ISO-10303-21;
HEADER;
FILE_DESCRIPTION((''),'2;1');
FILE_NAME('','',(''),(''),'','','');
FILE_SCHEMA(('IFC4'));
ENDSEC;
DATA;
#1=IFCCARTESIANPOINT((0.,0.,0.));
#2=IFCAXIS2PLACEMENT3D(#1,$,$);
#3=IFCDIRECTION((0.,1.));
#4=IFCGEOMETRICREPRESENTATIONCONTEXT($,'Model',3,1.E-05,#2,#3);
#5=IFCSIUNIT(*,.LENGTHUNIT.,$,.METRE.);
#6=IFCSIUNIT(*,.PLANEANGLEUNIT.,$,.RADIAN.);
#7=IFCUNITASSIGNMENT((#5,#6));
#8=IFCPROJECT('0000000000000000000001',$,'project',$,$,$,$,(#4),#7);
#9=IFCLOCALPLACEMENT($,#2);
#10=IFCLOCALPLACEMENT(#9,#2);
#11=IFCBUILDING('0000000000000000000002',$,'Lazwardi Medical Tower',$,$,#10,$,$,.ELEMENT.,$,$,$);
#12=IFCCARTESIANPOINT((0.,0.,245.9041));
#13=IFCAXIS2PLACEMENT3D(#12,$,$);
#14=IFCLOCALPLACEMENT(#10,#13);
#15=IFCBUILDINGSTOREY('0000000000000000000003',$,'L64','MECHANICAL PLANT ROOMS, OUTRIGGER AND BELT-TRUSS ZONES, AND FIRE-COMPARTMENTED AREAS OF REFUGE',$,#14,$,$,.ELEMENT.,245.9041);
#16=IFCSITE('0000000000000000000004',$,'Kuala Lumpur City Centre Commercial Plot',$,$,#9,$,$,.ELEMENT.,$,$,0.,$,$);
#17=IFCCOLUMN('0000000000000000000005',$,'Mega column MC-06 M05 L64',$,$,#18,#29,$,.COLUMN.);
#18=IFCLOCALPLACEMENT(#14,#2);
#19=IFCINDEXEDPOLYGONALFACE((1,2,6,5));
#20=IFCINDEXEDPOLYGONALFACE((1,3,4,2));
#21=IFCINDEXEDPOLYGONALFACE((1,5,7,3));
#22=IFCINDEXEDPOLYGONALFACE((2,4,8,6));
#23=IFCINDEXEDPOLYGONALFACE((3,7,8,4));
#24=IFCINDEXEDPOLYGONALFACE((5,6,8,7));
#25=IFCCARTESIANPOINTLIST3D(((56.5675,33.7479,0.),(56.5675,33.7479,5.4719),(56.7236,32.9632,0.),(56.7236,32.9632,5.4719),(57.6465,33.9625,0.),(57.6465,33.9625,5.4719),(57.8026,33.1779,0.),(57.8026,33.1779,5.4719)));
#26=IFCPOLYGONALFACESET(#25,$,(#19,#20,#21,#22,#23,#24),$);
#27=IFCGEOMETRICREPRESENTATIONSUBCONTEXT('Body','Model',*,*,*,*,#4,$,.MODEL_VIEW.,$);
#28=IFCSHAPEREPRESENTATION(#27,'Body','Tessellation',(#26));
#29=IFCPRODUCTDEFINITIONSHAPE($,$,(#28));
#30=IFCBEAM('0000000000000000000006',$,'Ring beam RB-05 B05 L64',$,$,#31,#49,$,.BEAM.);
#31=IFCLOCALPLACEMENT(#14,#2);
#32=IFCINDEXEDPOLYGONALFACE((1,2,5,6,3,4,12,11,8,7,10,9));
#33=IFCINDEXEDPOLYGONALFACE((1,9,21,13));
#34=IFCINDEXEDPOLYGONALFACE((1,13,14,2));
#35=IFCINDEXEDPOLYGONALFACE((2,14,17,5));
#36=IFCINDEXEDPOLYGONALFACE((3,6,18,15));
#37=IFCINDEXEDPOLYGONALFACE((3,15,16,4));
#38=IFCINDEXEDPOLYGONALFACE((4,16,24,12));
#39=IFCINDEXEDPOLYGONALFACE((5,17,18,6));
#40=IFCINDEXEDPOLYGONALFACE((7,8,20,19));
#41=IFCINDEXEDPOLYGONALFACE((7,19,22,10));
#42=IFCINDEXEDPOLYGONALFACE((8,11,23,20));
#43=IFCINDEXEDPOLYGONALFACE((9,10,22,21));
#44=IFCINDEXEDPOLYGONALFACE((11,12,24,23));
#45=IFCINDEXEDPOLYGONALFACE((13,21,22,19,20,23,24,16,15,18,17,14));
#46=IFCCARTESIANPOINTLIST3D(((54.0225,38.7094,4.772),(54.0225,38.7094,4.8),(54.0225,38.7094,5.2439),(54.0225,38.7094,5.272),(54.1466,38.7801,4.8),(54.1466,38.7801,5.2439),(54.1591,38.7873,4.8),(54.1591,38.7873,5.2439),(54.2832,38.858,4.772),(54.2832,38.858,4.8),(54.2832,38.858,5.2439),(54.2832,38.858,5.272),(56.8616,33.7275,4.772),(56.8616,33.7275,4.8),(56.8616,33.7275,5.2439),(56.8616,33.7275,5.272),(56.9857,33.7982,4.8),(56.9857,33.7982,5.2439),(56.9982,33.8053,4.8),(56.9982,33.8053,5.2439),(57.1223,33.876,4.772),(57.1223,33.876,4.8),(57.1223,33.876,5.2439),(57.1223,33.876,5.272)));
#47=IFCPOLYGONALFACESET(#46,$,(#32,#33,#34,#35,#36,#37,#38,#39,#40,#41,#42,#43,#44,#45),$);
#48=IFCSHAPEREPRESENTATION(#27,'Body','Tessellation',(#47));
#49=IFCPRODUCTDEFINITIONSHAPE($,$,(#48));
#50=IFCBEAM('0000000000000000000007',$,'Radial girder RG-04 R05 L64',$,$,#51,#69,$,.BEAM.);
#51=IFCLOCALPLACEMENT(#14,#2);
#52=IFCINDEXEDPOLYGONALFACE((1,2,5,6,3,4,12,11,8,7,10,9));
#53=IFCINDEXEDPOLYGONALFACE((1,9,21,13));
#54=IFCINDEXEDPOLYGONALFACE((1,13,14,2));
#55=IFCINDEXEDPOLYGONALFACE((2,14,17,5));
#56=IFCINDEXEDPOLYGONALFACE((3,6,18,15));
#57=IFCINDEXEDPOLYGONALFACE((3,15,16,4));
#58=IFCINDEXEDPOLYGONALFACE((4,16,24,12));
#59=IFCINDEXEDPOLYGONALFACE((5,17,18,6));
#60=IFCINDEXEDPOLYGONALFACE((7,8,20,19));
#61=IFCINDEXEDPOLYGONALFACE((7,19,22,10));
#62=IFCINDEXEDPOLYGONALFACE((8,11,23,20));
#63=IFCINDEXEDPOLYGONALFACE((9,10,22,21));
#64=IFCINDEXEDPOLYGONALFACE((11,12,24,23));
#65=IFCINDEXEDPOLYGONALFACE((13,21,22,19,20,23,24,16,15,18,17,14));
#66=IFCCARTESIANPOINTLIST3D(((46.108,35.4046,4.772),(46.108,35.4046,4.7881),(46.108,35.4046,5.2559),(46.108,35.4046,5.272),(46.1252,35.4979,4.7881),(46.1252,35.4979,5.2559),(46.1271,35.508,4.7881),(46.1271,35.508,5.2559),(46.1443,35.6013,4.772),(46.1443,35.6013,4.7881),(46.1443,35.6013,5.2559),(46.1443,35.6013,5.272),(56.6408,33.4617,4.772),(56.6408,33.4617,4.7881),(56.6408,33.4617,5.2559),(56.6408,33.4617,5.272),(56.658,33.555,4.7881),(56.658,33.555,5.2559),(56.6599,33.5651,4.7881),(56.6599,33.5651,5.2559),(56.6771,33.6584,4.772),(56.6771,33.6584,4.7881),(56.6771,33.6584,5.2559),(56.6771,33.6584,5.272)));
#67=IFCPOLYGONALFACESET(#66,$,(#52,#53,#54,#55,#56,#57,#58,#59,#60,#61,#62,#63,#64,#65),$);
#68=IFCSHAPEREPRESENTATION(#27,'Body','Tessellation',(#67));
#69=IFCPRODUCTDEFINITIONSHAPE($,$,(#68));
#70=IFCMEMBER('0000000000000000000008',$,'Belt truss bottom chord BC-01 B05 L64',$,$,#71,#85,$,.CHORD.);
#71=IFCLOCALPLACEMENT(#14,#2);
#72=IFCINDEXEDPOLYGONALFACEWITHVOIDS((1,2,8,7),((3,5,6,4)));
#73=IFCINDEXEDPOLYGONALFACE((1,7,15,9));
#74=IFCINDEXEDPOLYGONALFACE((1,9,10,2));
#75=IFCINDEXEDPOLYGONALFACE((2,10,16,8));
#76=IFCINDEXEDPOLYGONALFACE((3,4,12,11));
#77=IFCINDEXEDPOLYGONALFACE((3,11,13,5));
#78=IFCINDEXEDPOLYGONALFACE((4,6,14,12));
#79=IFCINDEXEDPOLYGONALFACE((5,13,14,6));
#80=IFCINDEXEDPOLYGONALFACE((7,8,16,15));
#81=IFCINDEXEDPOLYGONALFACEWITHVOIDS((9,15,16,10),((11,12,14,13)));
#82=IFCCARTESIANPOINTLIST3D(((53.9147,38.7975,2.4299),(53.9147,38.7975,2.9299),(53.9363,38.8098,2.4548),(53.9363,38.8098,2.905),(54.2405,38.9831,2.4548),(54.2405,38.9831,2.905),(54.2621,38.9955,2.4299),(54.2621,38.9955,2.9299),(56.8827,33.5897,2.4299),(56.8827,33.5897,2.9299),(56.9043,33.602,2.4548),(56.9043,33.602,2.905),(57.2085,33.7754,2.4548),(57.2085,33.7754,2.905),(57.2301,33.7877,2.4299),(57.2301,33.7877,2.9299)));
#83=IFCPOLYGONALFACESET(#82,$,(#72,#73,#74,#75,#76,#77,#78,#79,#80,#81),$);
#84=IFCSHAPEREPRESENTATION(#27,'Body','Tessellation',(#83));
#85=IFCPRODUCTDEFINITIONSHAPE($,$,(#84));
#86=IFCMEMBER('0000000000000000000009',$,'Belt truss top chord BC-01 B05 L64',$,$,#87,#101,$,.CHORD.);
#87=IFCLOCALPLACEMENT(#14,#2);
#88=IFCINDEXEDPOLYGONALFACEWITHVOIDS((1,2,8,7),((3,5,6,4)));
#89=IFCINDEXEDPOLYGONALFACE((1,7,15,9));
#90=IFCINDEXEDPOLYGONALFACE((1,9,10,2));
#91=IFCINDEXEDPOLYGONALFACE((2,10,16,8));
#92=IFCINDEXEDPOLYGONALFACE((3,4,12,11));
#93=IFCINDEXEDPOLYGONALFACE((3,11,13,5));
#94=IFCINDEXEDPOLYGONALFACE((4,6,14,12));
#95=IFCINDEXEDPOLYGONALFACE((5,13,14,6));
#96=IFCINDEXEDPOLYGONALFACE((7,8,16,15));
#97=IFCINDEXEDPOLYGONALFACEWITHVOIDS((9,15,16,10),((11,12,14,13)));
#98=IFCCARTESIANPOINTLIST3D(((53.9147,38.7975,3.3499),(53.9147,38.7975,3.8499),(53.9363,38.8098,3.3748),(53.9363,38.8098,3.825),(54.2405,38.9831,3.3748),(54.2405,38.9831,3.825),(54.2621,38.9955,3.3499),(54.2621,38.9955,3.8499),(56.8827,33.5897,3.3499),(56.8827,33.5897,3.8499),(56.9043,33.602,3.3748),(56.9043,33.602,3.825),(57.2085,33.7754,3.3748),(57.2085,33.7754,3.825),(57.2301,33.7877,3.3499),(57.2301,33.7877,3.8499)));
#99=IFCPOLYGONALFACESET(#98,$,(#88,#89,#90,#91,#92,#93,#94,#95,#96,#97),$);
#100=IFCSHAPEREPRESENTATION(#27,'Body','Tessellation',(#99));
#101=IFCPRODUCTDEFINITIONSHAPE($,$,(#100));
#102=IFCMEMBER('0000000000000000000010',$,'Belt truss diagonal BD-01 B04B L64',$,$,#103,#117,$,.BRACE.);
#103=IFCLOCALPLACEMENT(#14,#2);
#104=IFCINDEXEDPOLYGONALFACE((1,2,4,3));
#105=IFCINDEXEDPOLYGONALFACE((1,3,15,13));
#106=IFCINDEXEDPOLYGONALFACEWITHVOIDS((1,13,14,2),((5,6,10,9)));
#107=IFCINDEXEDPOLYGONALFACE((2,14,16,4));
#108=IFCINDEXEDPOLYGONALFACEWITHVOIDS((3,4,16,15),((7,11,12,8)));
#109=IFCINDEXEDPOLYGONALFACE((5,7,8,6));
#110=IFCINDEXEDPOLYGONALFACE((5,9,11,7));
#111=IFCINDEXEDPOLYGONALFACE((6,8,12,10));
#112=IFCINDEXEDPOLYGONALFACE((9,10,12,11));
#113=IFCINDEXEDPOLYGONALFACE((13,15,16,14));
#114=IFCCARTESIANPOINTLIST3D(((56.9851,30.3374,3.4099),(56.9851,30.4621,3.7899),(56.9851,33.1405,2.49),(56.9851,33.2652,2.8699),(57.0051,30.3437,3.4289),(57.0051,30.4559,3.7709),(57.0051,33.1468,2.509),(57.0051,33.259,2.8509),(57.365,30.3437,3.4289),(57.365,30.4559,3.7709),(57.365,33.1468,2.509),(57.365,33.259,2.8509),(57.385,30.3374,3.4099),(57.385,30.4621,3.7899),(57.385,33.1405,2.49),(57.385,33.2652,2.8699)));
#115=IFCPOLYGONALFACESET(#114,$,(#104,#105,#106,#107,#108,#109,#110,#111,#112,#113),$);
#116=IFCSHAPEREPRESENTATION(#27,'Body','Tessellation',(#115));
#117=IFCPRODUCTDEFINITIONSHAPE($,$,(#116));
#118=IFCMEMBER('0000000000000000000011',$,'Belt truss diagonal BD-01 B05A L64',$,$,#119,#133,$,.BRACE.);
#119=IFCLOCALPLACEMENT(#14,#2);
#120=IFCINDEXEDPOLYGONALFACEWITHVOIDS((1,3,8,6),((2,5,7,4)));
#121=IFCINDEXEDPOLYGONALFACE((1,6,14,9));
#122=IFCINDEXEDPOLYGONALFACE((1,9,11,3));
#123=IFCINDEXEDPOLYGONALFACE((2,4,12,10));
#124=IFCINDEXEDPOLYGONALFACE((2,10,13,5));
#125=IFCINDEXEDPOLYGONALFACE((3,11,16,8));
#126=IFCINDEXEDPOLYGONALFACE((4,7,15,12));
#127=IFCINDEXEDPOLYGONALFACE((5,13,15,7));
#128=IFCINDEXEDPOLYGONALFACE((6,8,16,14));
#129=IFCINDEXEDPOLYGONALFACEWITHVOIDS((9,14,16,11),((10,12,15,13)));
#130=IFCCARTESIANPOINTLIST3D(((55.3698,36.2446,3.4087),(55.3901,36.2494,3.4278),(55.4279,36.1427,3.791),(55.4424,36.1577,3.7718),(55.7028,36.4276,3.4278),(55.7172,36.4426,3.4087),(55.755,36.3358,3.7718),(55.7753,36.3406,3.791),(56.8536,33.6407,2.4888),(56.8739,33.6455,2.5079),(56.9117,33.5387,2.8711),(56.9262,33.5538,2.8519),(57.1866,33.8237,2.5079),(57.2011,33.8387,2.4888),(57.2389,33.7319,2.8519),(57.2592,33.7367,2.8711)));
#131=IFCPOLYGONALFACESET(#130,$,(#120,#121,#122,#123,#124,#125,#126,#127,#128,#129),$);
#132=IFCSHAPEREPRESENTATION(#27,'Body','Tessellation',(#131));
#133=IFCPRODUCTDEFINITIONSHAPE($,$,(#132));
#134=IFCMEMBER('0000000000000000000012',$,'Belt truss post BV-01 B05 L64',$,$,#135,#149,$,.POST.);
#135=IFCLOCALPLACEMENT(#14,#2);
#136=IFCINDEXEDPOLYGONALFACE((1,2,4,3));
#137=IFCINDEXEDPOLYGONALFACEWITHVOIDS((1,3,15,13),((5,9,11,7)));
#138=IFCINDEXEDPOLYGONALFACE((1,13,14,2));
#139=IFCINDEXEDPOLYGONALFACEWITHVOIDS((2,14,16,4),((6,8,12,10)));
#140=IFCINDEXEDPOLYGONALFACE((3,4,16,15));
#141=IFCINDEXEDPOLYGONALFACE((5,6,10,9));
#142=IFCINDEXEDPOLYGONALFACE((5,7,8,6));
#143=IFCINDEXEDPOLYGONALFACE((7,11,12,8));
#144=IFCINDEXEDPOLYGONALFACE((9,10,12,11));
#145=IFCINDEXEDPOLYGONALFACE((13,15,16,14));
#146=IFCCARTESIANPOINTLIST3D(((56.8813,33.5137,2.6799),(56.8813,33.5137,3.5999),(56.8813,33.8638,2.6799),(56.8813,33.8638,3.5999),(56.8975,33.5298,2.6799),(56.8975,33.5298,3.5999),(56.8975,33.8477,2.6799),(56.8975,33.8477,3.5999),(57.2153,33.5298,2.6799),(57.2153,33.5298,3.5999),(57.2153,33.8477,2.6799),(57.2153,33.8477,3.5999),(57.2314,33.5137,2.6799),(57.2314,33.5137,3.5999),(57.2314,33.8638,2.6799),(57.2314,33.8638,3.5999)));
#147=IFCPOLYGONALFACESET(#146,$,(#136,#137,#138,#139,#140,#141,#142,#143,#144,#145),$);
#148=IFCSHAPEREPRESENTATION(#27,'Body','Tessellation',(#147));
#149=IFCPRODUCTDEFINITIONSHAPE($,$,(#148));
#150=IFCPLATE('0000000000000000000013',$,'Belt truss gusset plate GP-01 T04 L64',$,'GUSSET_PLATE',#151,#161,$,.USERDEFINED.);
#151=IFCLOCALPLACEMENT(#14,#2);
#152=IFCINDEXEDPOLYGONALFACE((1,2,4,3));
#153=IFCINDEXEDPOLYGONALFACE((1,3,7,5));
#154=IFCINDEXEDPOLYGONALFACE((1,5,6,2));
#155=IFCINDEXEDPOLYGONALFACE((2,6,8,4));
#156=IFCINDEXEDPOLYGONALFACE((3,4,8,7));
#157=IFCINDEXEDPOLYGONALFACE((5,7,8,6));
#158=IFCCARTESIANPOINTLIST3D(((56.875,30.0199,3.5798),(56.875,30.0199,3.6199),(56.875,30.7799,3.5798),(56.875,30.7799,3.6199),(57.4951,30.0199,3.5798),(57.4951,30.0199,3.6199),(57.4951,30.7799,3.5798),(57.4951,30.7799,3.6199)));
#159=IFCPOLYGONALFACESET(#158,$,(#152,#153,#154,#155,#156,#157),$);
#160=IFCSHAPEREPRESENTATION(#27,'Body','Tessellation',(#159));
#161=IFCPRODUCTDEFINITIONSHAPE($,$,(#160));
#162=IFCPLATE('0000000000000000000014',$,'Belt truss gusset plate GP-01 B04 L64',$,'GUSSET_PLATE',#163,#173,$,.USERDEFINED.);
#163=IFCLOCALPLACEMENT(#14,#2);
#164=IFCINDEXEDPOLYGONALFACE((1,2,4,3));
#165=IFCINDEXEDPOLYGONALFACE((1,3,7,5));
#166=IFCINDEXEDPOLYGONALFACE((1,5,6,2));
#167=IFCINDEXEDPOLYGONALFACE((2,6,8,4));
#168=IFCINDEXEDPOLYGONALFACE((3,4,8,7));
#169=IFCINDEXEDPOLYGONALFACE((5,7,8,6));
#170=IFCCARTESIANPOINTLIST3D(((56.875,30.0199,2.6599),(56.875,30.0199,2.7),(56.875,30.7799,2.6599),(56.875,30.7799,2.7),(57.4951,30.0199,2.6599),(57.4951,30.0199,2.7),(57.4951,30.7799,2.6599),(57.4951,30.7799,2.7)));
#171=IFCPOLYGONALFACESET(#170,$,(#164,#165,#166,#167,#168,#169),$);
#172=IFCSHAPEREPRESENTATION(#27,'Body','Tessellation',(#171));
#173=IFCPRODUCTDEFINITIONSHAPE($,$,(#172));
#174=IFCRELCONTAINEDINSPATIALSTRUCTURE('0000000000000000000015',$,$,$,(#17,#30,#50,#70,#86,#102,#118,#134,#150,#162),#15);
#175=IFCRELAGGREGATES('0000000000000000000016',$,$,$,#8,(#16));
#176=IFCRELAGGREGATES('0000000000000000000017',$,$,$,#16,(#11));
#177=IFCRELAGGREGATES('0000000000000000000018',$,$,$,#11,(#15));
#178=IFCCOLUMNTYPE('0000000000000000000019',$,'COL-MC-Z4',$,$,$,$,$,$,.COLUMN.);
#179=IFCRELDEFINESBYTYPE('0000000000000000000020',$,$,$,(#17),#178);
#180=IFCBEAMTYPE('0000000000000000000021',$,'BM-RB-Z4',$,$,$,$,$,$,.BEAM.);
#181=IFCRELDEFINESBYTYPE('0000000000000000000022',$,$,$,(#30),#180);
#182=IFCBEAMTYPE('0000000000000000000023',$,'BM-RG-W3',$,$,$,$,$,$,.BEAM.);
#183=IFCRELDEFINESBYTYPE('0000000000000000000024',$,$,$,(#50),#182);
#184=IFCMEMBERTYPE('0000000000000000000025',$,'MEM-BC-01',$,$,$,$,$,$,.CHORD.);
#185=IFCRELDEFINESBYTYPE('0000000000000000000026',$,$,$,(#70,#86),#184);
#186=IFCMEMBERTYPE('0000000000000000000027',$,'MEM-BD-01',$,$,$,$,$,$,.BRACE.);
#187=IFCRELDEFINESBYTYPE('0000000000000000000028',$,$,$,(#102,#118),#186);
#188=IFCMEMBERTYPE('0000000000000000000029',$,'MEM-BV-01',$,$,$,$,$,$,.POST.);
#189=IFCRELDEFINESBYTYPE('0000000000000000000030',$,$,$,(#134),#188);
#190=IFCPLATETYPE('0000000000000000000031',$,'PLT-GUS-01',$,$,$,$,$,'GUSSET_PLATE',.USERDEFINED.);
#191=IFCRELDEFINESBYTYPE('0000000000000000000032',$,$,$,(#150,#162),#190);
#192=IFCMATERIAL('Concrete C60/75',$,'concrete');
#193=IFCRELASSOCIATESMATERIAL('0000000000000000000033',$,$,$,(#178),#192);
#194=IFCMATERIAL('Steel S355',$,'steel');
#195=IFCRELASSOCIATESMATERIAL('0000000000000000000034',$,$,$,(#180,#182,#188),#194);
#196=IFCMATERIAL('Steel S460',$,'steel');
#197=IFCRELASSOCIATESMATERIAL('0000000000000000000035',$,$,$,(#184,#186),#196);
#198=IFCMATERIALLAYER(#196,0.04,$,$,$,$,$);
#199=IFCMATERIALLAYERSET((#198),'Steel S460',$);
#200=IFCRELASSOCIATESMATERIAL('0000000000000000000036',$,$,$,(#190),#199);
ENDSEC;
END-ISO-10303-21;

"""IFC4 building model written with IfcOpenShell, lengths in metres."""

from ifc_helpers import new_model, si_unit, direction, frame, origin, origin_2d, place, context, subcontext, project, spatial, rectangle, hollow_rectangle, i_section, extrude, material, layer, layer_set, material_profile, profile_set, type_object, element, save


model = new_model("IFC4")

# Units and contexts
model_context = context("Model", 3, precision=1e-05, world=origin(), true_north=direction((0.0, 1.0)))
body_context = subcontext(model_context, "Body", "Model", "MODEL_VIEW")
ifc_project = project(units=[si_unit("LENGTHUNIT", "METRE"), si_unit("PLANEANGLEUNIT", "RADIAN")], contexts=[model_context])

# Site, building, storey
site_placement = place(None, origin())
site = spatial("IfcSite", under=ifc_project, at=site_placement, Name="Kuala Lumpur City Centre Commercial Plot", CompositionType="ELEMENT", RefElevation=0.0)
building_placement = place(site_placement, origin())
building = spatial("IfcBuilding", under=site, at=building_placement, Name="Lazwardi Medical Tower", CompositionType="ELEMENT")
storey_placement = place(building_placement, frame((0.0, 0.0, 245.9041)))
storey = spatial("IfcBuildingStorey", under=building, at=storey_placement, Name="L64", Description="MECHANICAL PLANT ROOMS, OUTRIGGER AND BELT-TRUSS ZONES, AND FIRE-COMPARTMENTED AREAS OF REFUGE", CompositionType="ELEMENT", Elevation=245.9041)

# Column
ifc_material_1 = material(Name="Concrete C60/75", Category="concrete")
ifc_material_profile_1 = material_profile(ifc_material_1, rectangle(XDim=1.1001, YDim=0.8, at=origin_2d()), Name="CFT-RECT 1100x800")
ifc_profile_set_1 = profile_set([ifc_material_profile_1], Name="Concrete C60/75")
column_type = type_object("IfcColumnType", Name="COL-MC-Z4", PredefinedType="COLUMN", material=ifc_profile_set_1)
column_placement = place(storey_placement, frame((57.1851, 33.4629, 0.0), z_axis=(0.0, 0.0, 1.0), x_axis=(0.980785, 0.19509, 0.0)))
element("IfcColumn", 1, at=column_placement, inside=storey, type_object=column_type, Name="Mega column MC-06 M05 L64", PredefinedType="COLUMN", context=body_context, shape_type="SweptSolid", body=[
    extrude(rectangle(XDim=1.1001, YDim=0.8, at=origin_2d()), origin(), (0.0, 0.0, 1.0), 5.4719),
])

# Beams
ifc_material_2 = material(Name="Steel S355", Category="steel")
ifc_material_profile_2 = material_profile(ifc_material_2, i_section(OverallWidth=0.3, OverallDepth=0.5, WebThickness=0.0144, FlangeThickness=0.0281, at=origin_2d()), Name="HEB 500")
ifc_profile_set_2 = profile_set([ifc_material_profile_2], Name="Steel S355")
beam_type_1 = type_object("IfcBeamType", Name="BM-RB-Z4", PredefinedType="BEAM", material=ifc_profile_set_2)
beam_1_placement = place(storey_placement, frame((56.9919, 33.8018, 5.022), z_axis=(-0.495125, 0.868822, 0.0), x_axis=(-0.868822, -0.495125, 0.0)))
element("IfcBeam", 2, at=beam_1_placement, inside=storey, type_object=beam_type_1, Name="Ring beam RB-05 B05 L64", PredefinedType="BEAM", context=body_context, shape_type="SweptSolid", body=[
    extrude(i_section(OverallWidth=0.3, OverallDepth=0.5, WebThickness=0.0144, FlangeThickness=0.0281, at=origin_2d()), origin(), (0.0, 0.0, 1.0), 5.7341),
])
ifc_material_profile_3 = material_profile(ifc_material_2, i_section(OverallWidth=0.2, OverallDepth=0.5, WebThickness=0.0103, FlangeThickness=0.0161, at=origin_2d()), Name="IPE 500")
ifc_profile_set_3 = profile_set([ifc_material_profile_3], Name="Steel S355")
beam_type_2 = type_object("IfcBeamType", Name="BM-RG-W3", PredefinedType="BEAM", material=ifc_profile_set_3)
beam_2_placement = place(storey_placement, frame((56.6589, 33.5601, 5.022), z_axis=(-0.983409, 0.1814, 0.0), x_axis=(-0.1814, -0.983409, 0.0)))
element("IfcBeam", 3, at=beam_2_placement, inside=storey, type_object=beam_type_2, Name="Radial girder RG-04 R05 L64", PredefinedType="BEAM", context=body_context, shape_type="SweptSolid", body=[
    extrude(i_section(OverallWidth=0.2, OverallDepth=0.5, WebThickness=0.0103, FlangeThickness=0.0161, at=origin_2d()), origin(), (0.0, 0.0, 1.0), 10.7104),
])

# Members
ifc_material_3 = material(Name="Steel S460", Category="steel")
ifc_material_profile_4 = material_profile(ifc_material_3, hollow_rectangle(XDim=0.3999, YDim=0.5, WallThickness=0.0249, at=origin_2d()), Name="RHS 500x400x25")
ifc_profile_set_4 = profile_set([ifc_material_profile_4], Name="Steel S460")
member_type_1 = type_object("IfcMemberType", Name="MEM-BC-01", PredefinedType="CHORD", material=ifc_profile_set_4)
for number, where, z_axis, x_axis, name in (
    (4, (57.0564, 33.6887, 2.6799), (-0.495152, 0.868807, 0.0), (-0.868807, -0.495152, 0.0), "Belt truss bottom chord BC-01 B05 L64"),
    (5, (57.0564, 33.6887, 3.5999), (-0.495152, 0.868807, 0.0), (-0.868807, -0.495152, 0.0), "Belt truss top chord BC-01 B05 L64"),
):
    element("IfcMember", number, at=place(storey_placement, frame(where, z_axis=z_axis, x_axis=x_axis)), inside=storey, type_object=member_type_1, Name=name, PredefinedType="CHORD", context=body_context, shape_type="SweptSolid", body=[
        extrude(hollow_rectangle(XDim=0.3999, YDim=0.5, WallThickness=0.0249, at=origin_2d()), origin(), (0.0, 0.0, 1.0), 5.9941),
    ])
ifc_material_profile_5 = material_profile(ifc_material_3, hollow_rectangle(XDim=0.3999, YDim=0.3999, WallThickness=0.02, at=origin_2d()), Name="RHS 400x400x20")
ifc_profile_set_5 = profile_set([ifc_material_profile_5], Name="Steel S460")
member_type_2 = type_object("IfcMemberType", Name="MEM-BD-01", PredefinedType="BRACE", material=ifc_profile_set_5)
member_1_placement = place(storey_placement, frame((57.1851, 33.2029, 2.6799), z_axis=(0.0, -0.950138, 0.31183), x_axis=(1.0, 0.0, 0.0)))
element("IfcMember", 6, at=member_1_placement, inside=storey, type_object=member_type_2, Name="Belt truss diagonal BD-01 B04B L64", PredefinedType="BRACE", context=body_context, shape_type="SweptSolid", body=[
    extrude(hollow_rectangle(XDim=0.3999, YDim=0.3999, WallThickness=0.02, at=origin_2d()), origin(), (0.0, 0.0, 1.0), 2.9502),
])
member_2_placement = place(storey_placement, frame((57.0564, 33.6887, 2.6799), z_axis=(-0.47331, 0.83059, 0.293424), x_axis=(-0.868834, -0.495103, 0.0)))
element("IfcMember", 7, at=member_2_placement, inside=storey, type_object=member_type_2, Name="Belt truss diagonal BD-01 B05A L64", PredefinedType="BRACE", context=body_context, shape_type="SweptSolid", body=[
    extrude(hollow_rectangle(XDim=0.3999, YDim=0.3999, WallThickness=0.02, at=origin_2d()), origin(), (0.0, 0.0, 1.0), 3.135),
])
ifc_material_profile_6 = material_profile(ifc_material_2, hollow_rectangle(XDim=0.3501, YDim=0.3501, WallThickness=0.0161, at=origin_2d()), Name="RHS 350x350x16")
ifc_profile_set_6 = profile_set([ifc_material_profile_6], Name="Steel S355")
member_type_3 = type_object("IfcMemberType", Name="MEM-BV-01", PredefinedType="POST", material=ifc_profile_set_6)
member_3_placement = place(storey_placement, frame((57.0564, 33.6887, 2.6799), z_axis=(0.0, 0.0, 1.0), x_axis=(1.0, 0.0, 0.0)))
element("IfcMember", 8, at=member_3_placement, inside=storey, type_object=member_type_3, Name="Belt truss post BV-01 B05 L64", PredefinedType="POST", context=body_context, shape_type="SweptSolid", body=[
    extrude(hollow_rectangle(XDim=0.3501, YDim=0.3501, WallThickness=0.0161, at=origin_2d()), origin(), (0.0, 0.0, 1.0), 0.9199),
])

# Plates
ifc_layer = layer(ifc_material_3, 0.04)
ifc_layer_set = layer_set([ifc_layer], Name="Steel S460")
plate_type = type_object("IfcPlateType", Name="PLT-GUS-01", ElementType="GUSSET_PLATE", PredefinedType="USERDEFINED", material=ifc_layer_set)
for number, where, z_axis, x_axis, name in (
    (9, (57.1851, 30.3999, 3.5798), (0.0, 0.0, 1.0), (0.0, 1.0, 0.0), "Belt truss gusset plate GP-01 T04 L64"),
    (10, (57.1851, 30.3999, 2.6599), (0.0, 0.0, 1.0), (0.0, 1.0, 0.0), "Belt truss gusset plate GP-01 B04 L64"),
):
    element("IfcPlate", number, at=place(storey_placement, frame(where, z_axis=z_axis, x_axis=x_axis)), inside=storey, type_object=plate_type, Name=name, ObjectType="GUSSET_PLATE", PredefinedType="USERDEFINED", context=body_context, shape_type="SweptSolid", body=[
        extrude(rectangle(XDim=0.76, YDim=0.6201, at=origin_2d()), origin(), (0.0, 0.0, 1.0), 0.04),
    ])

save(model, "model.ifc")
